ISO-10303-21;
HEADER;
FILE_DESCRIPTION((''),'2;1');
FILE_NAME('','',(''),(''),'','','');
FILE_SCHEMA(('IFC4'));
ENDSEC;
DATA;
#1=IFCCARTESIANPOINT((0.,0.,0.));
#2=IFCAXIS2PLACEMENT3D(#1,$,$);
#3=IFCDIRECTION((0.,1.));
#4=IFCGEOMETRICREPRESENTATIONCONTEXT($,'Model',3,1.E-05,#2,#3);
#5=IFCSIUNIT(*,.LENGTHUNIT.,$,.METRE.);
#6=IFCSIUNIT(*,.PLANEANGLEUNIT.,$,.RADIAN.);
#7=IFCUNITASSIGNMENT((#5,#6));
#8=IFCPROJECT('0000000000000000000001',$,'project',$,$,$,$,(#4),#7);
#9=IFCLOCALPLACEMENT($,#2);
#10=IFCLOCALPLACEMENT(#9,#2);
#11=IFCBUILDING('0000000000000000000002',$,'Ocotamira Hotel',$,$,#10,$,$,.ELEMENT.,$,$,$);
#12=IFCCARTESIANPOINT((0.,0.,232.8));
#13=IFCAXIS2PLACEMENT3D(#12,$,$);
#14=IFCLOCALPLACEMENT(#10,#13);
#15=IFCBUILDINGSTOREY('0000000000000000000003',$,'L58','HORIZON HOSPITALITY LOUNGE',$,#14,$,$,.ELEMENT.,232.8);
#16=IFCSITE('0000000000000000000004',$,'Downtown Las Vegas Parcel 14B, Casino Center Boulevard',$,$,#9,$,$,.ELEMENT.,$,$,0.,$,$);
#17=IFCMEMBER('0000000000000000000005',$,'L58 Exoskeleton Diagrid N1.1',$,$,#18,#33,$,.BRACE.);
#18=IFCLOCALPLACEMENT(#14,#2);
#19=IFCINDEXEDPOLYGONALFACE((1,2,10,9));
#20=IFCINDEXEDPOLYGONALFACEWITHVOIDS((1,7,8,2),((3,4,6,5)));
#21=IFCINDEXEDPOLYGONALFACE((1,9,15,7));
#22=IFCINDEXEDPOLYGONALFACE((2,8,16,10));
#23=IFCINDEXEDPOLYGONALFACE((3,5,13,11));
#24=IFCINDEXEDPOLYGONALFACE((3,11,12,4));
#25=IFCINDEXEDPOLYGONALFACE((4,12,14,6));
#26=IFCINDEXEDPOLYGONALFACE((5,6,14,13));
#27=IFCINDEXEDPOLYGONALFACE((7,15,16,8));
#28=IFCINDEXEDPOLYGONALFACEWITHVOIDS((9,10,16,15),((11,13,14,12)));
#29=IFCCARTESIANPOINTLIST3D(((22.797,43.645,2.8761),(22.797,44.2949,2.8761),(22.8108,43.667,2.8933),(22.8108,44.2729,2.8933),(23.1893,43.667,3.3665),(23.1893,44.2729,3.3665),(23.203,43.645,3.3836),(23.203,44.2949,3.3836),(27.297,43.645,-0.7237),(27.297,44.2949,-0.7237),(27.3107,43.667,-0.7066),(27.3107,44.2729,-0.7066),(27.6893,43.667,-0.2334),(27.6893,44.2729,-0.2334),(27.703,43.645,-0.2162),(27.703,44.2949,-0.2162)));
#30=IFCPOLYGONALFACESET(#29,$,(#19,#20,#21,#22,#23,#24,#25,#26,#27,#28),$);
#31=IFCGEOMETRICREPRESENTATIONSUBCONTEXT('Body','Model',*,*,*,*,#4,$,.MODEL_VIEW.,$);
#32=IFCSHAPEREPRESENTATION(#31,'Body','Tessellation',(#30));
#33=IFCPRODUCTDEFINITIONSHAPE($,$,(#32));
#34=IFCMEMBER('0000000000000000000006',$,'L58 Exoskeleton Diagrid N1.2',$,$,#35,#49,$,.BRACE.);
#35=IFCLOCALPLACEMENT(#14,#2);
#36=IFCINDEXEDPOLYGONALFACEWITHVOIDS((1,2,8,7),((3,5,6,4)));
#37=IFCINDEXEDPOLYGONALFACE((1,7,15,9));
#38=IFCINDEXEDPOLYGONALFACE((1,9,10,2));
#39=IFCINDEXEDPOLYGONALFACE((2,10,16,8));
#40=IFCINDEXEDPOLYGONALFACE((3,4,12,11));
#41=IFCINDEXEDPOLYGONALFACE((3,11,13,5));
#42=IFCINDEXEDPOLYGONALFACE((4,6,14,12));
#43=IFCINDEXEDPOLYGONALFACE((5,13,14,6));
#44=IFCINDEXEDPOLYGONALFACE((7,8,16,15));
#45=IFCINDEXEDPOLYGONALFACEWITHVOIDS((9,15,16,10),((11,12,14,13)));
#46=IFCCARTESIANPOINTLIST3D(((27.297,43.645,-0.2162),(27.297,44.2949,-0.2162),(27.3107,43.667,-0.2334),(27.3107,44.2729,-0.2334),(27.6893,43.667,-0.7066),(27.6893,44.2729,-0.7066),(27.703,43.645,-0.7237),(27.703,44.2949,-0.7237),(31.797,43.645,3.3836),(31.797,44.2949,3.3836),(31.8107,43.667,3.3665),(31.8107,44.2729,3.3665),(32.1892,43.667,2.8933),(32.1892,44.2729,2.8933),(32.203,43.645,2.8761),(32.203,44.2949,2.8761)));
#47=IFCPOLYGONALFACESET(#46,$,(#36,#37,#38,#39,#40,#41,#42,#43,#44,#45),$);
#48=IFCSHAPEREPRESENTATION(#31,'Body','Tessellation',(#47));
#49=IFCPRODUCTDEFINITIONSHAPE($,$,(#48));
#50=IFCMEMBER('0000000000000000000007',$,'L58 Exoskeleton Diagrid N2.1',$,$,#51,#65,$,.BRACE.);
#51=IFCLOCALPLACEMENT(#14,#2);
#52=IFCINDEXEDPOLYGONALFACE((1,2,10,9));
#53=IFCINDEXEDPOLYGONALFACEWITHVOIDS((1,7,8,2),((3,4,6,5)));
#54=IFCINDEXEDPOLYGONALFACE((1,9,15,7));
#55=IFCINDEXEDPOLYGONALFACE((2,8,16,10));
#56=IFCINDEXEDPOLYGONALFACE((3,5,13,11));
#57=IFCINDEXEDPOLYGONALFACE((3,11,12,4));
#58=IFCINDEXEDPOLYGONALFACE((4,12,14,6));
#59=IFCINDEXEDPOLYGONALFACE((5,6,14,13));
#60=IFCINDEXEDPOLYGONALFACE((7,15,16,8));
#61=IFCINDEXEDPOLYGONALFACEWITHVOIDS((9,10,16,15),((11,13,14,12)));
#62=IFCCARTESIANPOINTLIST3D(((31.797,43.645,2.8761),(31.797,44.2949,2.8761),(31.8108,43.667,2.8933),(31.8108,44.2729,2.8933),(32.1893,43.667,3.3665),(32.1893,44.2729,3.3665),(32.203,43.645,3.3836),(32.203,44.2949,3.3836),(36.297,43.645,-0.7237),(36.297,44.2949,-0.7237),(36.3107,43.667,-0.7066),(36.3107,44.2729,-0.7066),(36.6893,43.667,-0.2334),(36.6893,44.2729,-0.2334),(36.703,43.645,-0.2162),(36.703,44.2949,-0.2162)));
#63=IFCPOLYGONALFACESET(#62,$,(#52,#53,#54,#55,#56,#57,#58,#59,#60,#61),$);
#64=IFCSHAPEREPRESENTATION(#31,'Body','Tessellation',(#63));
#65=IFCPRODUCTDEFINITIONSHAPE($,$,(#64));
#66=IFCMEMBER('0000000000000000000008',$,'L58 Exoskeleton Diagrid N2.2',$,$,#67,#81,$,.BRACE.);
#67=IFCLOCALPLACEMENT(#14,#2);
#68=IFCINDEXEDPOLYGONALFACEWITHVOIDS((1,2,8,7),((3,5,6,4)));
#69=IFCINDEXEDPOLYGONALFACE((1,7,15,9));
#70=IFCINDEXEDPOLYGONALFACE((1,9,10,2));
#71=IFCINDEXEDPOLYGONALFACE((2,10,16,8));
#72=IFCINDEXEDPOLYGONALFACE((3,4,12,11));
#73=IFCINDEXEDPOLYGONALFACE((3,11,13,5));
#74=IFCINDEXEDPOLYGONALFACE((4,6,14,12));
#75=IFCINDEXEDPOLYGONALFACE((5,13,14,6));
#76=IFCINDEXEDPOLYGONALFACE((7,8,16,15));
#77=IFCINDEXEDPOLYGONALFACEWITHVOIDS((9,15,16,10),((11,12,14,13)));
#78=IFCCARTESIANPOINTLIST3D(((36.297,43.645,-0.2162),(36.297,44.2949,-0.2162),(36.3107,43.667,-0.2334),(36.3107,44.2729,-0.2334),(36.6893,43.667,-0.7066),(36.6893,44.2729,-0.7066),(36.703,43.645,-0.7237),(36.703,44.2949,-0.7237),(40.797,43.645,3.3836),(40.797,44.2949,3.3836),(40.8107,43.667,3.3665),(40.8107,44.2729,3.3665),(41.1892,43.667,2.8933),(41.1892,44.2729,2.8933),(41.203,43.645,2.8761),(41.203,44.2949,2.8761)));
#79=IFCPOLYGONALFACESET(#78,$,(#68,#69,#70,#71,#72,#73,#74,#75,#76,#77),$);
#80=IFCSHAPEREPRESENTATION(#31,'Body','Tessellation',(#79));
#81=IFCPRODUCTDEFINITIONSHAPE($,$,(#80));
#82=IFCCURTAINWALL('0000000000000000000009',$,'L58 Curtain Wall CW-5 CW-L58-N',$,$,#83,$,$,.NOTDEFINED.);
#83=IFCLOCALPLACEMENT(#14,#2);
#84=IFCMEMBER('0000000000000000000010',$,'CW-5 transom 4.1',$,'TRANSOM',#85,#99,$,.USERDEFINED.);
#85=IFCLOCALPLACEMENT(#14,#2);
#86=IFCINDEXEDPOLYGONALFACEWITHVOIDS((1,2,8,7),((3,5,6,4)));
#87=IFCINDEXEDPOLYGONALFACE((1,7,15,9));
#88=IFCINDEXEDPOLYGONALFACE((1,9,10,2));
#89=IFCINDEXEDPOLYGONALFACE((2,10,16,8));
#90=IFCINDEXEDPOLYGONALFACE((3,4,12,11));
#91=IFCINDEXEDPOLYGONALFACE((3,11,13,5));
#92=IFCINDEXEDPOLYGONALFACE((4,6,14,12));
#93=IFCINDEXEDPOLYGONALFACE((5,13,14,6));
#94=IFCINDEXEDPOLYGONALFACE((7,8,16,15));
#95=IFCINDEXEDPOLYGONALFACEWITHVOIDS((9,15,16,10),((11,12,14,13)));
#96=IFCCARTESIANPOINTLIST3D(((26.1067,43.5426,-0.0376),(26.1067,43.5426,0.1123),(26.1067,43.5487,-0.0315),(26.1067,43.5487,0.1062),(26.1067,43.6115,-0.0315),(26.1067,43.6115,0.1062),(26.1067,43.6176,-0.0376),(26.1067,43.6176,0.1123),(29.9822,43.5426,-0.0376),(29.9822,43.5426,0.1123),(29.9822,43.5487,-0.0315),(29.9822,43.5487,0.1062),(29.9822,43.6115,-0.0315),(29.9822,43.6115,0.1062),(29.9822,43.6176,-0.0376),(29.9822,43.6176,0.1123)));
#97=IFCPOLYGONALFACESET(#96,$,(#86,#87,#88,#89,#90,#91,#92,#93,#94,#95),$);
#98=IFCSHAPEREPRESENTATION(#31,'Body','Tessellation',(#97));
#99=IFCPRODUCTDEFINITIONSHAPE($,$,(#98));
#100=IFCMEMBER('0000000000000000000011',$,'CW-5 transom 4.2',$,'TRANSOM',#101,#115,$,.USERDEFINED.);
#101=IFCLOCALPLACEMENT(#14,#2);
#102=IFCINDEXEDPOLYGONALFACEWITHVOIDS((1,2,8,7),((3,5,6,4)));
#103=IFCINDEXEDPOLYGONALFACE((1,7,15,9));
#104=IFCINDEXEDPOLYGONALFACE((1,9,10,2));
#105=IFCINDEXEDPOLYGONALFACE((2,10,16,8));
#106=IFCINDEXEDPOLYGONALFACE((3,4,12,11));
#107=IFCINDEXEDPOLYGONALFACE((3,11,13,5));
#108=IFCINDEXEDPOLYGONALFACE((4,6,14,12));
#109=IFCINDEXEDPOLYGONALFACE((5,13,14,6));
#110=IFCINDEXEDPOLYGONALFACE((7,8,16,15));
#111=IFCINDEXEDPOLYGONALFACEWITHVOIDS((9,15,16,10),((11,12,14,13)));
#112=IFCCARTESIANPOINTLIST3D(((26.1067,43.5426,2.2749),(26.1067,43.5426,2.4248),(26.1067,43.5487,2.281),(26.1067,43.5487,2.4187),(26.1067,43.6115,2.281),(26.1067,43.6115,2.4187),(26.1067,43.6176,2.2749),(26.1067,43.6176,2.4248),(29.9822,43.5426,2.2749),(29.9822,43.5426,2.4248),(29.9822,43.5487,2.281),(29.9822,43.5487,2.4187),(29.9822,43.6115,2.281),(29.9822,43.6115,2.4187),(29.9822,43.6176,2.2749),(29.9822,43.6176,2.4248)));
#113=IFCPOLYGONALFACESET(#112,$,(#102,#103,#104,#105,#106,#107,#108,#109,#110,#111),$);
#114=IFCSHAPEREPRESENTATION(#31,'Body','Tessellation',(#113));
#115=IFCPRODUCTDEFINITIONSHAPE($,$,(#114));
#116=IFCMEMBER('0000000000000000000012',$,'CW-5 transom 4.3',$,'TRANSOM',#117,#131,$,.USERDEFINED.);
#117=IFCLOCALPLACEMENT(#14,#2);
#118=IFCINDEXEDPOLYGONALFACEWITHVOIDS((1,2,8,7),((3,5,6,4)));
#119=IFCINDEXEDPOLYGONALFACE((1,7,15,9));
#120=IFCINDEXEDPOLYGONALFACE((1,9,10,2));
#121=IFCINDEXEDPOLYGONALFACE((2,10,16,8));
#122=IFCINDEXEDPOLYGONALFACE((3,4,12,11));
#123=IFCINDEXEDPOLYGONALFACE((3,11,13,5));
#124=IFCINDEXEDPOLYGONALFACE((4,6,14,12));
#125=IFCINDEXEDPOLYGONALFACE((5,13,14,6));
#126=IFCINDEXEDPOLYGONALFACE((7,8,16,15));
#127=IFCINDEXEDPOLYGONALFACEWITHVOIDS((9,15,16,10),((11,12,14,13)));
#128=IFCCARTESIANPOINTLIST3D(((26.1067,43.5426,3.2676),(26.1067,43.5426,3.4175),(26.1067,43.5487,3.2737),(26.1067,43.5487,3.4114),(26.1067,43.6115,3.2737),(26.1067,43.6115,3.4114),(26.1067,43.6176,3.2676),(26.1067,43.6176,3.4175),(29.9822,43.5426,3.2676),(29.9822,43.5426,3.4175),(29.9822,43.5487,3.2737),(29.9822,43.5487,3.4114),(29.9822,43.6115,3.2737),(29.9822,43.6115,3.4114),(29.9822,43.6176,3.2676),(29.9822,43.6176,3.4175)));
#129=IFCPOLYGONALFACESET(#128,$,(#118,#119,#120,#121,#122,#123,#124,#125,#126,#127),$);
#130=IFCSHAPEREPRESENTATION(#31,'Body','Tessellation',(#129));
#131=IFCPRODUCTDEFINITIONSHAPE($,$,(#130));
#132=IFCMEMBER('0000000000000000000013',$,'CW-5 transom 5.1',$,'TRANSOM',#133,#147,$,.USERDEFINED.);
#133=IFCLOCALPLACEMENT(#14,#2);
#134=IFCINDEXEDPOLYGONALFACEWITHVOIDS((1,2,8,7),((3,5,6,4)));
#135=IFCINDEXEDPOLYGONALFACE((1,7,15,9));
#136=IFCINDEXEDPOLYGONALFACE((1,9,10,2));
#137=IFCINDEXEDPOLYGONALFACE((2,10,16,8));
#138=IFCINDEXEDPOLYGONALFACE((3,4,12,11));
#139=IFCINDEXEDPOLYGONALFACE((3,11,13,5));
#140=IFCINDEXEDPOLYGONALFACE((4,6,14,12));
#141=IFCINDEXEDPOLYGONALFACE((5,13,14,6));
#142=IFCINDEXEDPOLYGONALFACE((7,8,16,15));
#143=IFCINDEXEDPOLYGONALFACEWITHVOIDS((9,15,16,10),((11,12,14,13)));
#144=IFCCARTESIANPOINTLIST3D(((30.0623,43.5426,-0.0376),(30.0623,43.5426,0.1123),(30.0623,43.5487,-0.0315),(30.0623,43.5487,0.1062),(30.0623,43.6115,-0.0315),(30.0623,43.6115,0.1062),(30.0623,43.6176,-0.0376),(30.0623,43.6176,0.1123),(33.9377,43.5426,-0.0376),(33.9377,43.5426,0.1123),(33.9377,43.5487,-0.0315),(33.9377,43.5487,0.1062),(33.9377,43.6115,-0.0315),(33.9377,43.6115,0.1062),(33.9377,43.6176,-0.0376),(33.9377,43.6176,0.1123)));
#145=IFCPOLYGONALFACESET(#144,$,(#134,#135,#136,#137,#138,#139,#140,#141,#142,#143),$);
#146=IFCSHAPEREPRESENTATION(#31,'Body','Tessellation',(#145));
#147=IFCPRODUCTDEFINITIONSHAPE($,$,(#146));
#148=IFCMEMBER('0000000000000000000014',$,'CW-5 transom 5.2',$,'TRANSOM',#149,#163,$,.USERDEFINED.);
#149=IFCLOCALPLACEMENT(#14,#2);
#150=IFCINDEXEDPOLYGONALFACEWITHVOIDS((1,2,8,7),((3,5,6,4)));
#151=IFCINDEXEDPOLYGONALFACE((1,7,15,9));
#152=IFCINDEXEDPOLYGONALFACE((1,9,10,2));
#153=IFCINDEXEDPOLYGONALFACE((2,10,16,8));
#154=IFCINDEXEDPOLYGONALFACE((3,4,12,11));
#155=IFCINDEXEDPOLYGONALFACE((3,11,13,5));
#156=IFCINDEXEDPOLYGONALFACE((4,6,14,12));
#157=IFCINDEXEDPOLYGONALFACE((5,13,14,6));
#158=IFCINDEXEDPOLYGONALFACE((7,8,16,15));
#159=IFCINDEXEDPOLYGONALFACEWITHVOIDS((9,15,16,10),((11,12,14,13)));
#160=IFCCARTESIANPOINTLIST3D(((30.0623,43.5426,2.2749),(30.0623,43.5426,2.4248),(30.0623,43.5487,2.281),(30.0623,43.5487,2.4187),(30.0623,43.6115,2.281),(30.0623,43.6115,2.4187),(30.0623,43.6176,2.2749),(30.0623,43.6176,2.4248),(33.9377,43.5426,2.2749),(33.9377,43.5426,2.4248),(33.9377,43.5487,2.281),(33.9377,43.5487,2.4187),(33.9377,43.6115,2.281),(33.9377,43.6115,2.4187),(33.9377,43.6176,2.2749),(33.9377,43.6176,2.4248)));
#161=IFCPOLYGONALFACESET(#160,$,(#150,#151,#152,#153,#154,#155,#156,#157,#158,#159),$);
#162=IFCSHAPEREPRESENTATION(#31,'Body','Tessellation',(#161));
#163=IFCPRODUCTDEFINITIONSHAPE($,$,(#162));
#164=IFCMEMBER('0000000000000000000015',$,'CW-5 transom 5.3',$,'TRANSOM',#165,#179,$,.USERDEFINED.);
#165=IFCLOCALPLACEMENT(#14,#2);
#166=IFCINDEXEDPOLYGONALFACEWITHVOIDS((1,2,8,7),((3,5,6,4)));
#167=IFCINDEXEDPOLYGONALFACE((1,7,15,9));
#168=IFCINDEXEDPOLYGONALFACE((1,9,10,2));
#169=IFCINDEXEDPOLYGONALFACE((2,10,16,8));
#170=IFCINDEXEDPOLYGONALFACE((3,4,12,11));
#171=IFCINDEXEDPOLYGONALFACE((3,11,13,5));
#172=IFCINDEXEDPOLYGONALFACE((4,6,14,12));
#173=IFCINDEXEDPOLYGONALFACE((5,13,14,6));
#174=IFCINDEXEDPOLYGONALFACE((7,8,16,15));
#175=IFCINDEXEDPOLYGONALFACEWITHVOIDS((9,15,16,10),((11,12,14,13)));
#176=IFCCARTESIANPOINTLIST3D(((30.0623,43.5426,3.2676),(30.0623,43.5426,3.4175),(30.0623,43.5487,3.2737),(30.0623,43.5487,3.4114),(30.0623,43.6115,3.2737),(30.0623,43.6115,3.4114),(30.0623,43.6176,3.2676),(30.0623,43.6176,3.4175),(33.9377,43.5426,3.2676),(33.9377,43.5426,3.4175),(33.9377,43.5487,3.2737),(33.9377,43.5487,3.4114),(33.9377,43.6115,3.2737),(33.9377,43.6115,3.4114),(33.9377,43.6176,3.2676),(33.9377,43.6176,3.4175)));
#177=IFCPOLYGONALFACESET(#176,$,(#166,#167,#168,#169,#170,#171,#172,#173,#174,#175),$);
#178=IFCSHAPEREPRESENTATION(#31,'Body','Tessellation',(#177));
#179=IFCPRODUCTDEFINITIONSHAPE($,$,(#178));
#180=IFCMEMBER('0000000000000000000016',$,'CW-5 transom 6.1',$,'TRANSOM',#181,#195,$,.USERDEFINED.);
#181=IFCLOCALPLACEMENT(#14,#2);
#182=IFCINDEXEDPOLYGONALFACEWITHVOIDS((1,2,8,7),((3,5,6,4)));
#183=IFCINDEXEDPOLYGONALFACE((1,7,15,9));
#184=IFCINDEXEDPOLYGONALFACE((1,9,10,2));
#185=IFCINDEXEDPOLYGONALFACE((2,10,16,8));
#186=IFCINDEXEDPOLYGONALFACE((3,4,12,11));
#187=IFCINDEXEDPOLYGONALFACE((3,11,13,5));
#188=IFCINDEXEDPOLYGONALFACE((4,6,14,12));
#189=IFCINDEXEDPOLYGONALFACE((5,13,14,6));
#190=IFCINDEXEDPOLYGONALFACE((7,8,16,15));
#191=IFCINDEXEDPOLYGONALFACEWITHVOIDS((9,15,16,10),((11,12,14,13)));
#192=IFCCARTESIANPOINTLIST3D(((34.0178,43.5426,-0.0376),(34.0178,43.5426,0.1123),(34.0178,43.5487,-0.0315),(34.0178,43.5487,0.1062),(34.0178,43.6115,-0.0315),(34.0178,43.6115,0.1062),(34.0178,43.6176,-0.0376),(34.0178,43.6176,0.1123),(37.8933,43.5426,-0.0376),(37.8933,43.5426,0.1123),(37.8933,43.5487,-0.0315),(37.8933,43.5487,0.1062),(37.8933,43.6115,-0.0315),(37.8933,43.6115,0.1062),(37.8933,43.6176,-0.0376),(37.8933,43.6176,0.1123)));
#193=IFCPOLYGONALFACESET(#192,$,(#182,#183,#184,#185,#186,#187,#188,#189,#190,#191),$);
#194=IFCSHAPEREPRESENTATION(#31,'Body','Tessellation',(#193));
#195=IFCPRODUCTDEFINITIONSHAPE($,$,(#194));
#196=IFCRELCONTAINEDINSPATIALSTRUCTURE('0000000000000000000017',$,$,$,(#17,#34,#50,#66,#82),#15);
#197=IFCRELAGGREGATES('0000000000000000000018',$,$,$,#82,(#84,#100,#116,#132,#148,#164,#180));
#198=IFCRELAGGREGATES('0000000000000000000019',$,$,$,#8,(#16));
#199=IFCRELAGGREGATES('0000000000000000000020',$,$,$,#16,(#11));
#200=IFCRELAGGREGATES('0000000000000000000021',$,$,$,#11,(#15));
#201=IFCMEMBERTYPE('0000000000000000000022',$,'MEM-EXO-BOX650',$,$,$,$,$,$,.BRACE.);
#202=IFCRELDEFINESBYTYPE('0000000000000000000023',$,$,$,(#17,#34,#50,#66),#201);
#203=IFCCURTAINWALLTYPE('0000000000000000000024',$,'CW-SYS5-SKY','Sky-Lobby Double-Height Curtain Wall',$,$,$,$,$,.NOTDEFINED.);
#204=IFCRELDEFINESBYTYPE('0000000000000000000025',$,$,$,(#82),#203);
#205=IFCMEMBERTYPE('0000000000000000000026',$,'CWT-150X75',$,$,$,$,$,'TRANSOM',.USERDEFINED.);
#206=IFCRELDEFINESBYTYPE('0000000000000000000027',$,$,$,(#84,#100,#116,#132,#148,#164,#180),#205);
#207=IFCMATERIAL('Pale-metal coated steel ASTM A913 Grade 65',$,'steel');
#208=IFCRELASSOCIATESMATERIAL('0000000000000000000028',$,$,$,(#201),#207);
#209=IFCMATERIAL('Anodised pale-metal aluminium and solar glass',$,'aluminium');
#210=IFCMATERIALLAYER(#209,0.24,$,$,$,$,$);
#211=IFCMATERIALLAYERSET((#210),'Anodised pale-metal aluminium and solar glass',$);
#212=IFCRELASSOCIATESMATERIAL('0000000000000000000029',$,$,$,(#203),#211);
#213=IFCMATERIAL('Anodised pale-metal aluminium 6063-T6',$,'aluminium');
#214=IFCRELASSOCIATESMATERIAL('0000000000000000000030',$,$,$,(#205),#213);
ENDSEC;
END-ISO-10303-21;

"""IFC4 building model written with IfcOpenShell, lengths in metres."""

from ifc_helpers import new_model, si_unit, direction, frame, origin, origin_2d, place, context, subcontext, project, spatial, hollow_rectangle, extrude, source, transform, mapped, material, layer, layer_set, material_profile, profile_set, type_object, element, aggregate, save


model = new_model("IFC4")

# Units and contexts
model_context = context("Model", 3, precision=1e-05, world=origin(), true_north=direction((0.0, 1.0)))
body_context = subcontext(model_context, "Body", "Model", "MODEL_VIEW")
ifc_project = project(units=[si_unit("LENGTHUNIT", "METRE"), si_unit("PLANEANGLEUNIT", "RADIAN")], contexts=[model_context])

# Site, building, storey
site_placement = place(None, origin())
site = spatial("IfcSite", under=ifc_project, at=site_placement, Name="Downtown Las Vegas Parcel 14B, Casino Center Boulevard", CompositionType="ELEMENT", RefElevation=0.0)
building_placement = place(site_placement, origin())
building = spatial("IfcBuilding", under=site, at=building_placement, Name="Ocotamira Hotel", CompositionType="ELEMENT")
storey_placement = place(building_placement, frame((0.0, 0.0, 232.8)))
storey = spatial("IfcBuildingStorey", under=building, at=storey_placement, Name="L58", Description="HORIZON HOSPITALITY LOUNGE", CompositionType="ELEMENT", Elevation=232.8)

# Members
ifc_material_1 = material(Name="Pale-metal coated steel ASTM A913 Grade 65", Category="steel")
ifc_material_profile_1 = material_profile(ifc_material_1, hollow_rectangle(XDim=0.6499, YDim=0.6499, WallThickness=0.022, at=origin_2d()), Name="BOX650X650X22")
ifc_profile_set_1 = profile_set([ifc_material_profile_1], Name="Pale-metal coated steel ASTM A913 Grade 65")
member_type_1 = type_object("IfcMemberType", Name="MEM-EXO-BOX650", PredefinedType="BRACE", material=ifc_profile_set_1)
shared_shape_1 = source(origin(), body_context, "Body", "SweptSolid", [
    extrude(hollow_rectangle(XDim=0.6499, YDim=0.6499, WallThickness=0.022, at=origin_2d()), origin(), (0.0, 0.0, 1.0), 5.7627),
])
for number, where, z_axis, x_axis, name in (
    (1, (27.5, 43.97, -0.47), (-0.780881, 0.0, 0.62468), (0.0, -1.0, 0.0), "L58 Exoskeleton Diagrid N1.1"),
    (2, (27.5, 43.97, -0.47), (0.780881, 0.0, 0.62468), (0.0, 1.0, 0.0), "L58 Exoskeleton Diagrid N1.2"),
    (3, (36.5, 43.97, -0.47), (-0.780881, 0.0, 0.62468), (0.0, -1.0, 0.0), "L58 Exoskeleton Diagrid N2.1"),
    (4, (36.5, 43.97, -0.47), (0.780881, 0.0, 0.62468), (0.0, 1.0, 0.0), "L58 Exoskeleton Diagrid N2.2"),
):
    element("IfcMember", number, at=place(storey_placement, frame(where, z_axis=z_axis, x_axis=x_axis)), inside=storey, type_object=member_type_1, Name=name, PredefinedType="BRACE", context=body_context, shape_type="MappedRepresentation", body=[
        mapped(shared_shape_1, transform((0.0, 0.0, 0.0), scale=1.0)),
    ])

# Curtain wall, members
ifc_material_2 = material(Name="Anodised pale-metal aluminium and solar glass", Category="aluminium")
ifc_layer_1 = layer(ifc_material_2, 0.24)
ifc_layer_set_1 = layer_set([ifc_layer_1], Name="Anodised pale-metal aluminium and solar glass")
curtain_wall_type = type_object("IfcCurtainWallType", Name="CW-SYS5-SKY", Description="Sky-Lobby Double-Height Curtain Wall", PredefinedType="NOTDEFINED", material=ifc_layer_set_1)
curtain_wall_placement = place(storey_placement, origin())
curtain_wall = element("IfcCurtainWall", 5, at=curtain_wall_placement, inside=storey, type_object=curtain_wall_type, Name="L58 Curtain Wall CW-5 CW-L58-N", PredefinedType="NOTDEFINED")
ifc_material_3 = material(Name="Anodised pale-metal aluminium 6063-T6", Category="aluminium")
ifc_material_profile_2 = material_profile(ifc_material_3, hollow_rectangle(XDim=0.075, YDim=0.1499, WallThickness=0.0061, at=origin_2d()), Name="HSS150X75X6")
ifc_profile_set_2 = profile_set([ifc_material_profile_2], Name="Anodised pale-metal aluminium 6063-T6")
member_type_2 = type_object("IfcMemberType", Name="CWT-150X75", ElementType="TRANSOM", PredefinedType="USERDEFINED", material=ifc_profile_set_2)
shared_shape_2 = source(origin(), body_context, "Body", "SweptSolid", [
    extrude(hollow_rectangle(XDim=0.075, YDim=0.1499, WallThickness=0.0061, at=origin_2d()), origin(), (0.0, 0.0, 1.0), 3.8755),
])
member_1_placement = place(storey_placement, frame((26.1067, 43.5801, 0.0374), z_axis=(1.0, 0.0, 0.0), x_axis=(0.0, 1.0, 0.0)))
member_1 = element("IfcMember", 6, at=member_1_placement, type_object=member_type_2, Name="CW-5 transom 4.1", ObjectType="TRANSOM", PredefinedType="USERDEFINED", context=body_context, shape_type="MappedRepresentation", body=[
    mapped(shared_shape_2, transform((0.0, 0.0, 0.0), scale=1.0)),
])
member_2_placement = place(storey_placement, frame((26.1067, 43.5801, 2.3499), z_axis=(1.0, 0.0, 0.0), x_axis=(0.0, 1.0, 0.0)))
member_2 = element("IfcMember", 7, at=member_2_placement, type_object=member_type_2, Name="CW-5 transom 4.2", ObjectType="TRANSOM", PredefinedType="USERDEFINED", context=body_context, shape_type="MappedRepresentation", body=[
    mapped(shared_shape_2, transform((0.0, 0.0, 0.0), scale=1.0)),
])
member_3_placement = place(storey_placement, frame((26.1067, 43.5801, 3.3425), z_axis=(1.0, 0.0, 0.0), x_axis=(0.0, 1.0, 0.0)))
member_3 = element("IfcMember", 8, at=member_3_placement, type_object=member_type_2, Name="CW-5 transom 4.3", ObjectType="TRANSOM", PredefinedType="USERDEFINED", context=body_context, shape_type="MappedRepresentation", body=[
    mapped(shared_shape_2, transform((0.0, 0.0, 0.0), scale=1.0)),
])
member_4_placement = place(storey_placement, frame((30.0623, 43.5801, 0.0374), z_axis=(1.0, 0.0, 0.0), x_axis=(0.0, 1.0, 0.0)))
member_4 = element("IfcMember", 9, at=member_4_placement, type_object=member_type_2, Name="CW-5 transom 5.1", ObjectType="TRANSOM", PredefinedType="USERDEFINED", context=body_context, shape_type="MappedRepresentation", body=[
    mapped(shared_shape_2, transform((0.0, 0.0, 0.0), scale=1.0)),
])
member_5_placement = place(storey_placement, frame((30.0623, 43.5801, 2.3499), z_axis=(1.0, 0.0, 0.0), x_axis=(0.0, 1.0, 0.0)))
member_5 = element("IfcMember", 10, at=member_5_placement, type_object=member_type_2, Name="CW-5 transom 5.2", ObjectType="TRANSOM", PredefinedType="USERDEFINED", context=body_context, shape_type="MappedRepresentation", body=[
    mapped(shared_shape_2, transform((0.0, 0.0, 0.0), scale=1.0)),
])
member_6_placement = place(storey_placement, frame((30.0623, 43.5801, 3.3425), z_axis=(1.0, 0.0, 0.0), x_axis=(0.0, 1.0, 0.0)))
member_6 = element("IfcMember", 11, at=member_6_placement, type_object=member_type_2, Name="CW-5 transom 5.3", ObjectType="TRANSOM", PredefinedType="USERDEFINED", context=body_context, shape_type="MappedRepresentation", body=[
    mapped(shared_shape_2, transform((0.0, 0.0, 0.0), scale=1.0)),
])
member_7_placement = place(storey_placement, frame((34.0178, 43.5801, 0.0374), z_axis=(1.0, 0.0, 0.0), x_axis=(0.0, 1.0, 0.0)))
member_7 = element("IfcMember", 12, at=member_7_placement, type_object=member_type_2, Name="CW-5 transom 6.1", ObjectType="TRANSOM", PredefinedType="USERDEFINED", context=body_context, shape_type="MappedRepresentation", body=[
    mapped(shared_shape_2, transform((0.0, 0.0, 0.0), scale=1.0)),
])

aggregate(curtain_wall, [member_1, member_2, member_3, member_4, member_5, member_6, member_7])

save(model, "model.ifc")
